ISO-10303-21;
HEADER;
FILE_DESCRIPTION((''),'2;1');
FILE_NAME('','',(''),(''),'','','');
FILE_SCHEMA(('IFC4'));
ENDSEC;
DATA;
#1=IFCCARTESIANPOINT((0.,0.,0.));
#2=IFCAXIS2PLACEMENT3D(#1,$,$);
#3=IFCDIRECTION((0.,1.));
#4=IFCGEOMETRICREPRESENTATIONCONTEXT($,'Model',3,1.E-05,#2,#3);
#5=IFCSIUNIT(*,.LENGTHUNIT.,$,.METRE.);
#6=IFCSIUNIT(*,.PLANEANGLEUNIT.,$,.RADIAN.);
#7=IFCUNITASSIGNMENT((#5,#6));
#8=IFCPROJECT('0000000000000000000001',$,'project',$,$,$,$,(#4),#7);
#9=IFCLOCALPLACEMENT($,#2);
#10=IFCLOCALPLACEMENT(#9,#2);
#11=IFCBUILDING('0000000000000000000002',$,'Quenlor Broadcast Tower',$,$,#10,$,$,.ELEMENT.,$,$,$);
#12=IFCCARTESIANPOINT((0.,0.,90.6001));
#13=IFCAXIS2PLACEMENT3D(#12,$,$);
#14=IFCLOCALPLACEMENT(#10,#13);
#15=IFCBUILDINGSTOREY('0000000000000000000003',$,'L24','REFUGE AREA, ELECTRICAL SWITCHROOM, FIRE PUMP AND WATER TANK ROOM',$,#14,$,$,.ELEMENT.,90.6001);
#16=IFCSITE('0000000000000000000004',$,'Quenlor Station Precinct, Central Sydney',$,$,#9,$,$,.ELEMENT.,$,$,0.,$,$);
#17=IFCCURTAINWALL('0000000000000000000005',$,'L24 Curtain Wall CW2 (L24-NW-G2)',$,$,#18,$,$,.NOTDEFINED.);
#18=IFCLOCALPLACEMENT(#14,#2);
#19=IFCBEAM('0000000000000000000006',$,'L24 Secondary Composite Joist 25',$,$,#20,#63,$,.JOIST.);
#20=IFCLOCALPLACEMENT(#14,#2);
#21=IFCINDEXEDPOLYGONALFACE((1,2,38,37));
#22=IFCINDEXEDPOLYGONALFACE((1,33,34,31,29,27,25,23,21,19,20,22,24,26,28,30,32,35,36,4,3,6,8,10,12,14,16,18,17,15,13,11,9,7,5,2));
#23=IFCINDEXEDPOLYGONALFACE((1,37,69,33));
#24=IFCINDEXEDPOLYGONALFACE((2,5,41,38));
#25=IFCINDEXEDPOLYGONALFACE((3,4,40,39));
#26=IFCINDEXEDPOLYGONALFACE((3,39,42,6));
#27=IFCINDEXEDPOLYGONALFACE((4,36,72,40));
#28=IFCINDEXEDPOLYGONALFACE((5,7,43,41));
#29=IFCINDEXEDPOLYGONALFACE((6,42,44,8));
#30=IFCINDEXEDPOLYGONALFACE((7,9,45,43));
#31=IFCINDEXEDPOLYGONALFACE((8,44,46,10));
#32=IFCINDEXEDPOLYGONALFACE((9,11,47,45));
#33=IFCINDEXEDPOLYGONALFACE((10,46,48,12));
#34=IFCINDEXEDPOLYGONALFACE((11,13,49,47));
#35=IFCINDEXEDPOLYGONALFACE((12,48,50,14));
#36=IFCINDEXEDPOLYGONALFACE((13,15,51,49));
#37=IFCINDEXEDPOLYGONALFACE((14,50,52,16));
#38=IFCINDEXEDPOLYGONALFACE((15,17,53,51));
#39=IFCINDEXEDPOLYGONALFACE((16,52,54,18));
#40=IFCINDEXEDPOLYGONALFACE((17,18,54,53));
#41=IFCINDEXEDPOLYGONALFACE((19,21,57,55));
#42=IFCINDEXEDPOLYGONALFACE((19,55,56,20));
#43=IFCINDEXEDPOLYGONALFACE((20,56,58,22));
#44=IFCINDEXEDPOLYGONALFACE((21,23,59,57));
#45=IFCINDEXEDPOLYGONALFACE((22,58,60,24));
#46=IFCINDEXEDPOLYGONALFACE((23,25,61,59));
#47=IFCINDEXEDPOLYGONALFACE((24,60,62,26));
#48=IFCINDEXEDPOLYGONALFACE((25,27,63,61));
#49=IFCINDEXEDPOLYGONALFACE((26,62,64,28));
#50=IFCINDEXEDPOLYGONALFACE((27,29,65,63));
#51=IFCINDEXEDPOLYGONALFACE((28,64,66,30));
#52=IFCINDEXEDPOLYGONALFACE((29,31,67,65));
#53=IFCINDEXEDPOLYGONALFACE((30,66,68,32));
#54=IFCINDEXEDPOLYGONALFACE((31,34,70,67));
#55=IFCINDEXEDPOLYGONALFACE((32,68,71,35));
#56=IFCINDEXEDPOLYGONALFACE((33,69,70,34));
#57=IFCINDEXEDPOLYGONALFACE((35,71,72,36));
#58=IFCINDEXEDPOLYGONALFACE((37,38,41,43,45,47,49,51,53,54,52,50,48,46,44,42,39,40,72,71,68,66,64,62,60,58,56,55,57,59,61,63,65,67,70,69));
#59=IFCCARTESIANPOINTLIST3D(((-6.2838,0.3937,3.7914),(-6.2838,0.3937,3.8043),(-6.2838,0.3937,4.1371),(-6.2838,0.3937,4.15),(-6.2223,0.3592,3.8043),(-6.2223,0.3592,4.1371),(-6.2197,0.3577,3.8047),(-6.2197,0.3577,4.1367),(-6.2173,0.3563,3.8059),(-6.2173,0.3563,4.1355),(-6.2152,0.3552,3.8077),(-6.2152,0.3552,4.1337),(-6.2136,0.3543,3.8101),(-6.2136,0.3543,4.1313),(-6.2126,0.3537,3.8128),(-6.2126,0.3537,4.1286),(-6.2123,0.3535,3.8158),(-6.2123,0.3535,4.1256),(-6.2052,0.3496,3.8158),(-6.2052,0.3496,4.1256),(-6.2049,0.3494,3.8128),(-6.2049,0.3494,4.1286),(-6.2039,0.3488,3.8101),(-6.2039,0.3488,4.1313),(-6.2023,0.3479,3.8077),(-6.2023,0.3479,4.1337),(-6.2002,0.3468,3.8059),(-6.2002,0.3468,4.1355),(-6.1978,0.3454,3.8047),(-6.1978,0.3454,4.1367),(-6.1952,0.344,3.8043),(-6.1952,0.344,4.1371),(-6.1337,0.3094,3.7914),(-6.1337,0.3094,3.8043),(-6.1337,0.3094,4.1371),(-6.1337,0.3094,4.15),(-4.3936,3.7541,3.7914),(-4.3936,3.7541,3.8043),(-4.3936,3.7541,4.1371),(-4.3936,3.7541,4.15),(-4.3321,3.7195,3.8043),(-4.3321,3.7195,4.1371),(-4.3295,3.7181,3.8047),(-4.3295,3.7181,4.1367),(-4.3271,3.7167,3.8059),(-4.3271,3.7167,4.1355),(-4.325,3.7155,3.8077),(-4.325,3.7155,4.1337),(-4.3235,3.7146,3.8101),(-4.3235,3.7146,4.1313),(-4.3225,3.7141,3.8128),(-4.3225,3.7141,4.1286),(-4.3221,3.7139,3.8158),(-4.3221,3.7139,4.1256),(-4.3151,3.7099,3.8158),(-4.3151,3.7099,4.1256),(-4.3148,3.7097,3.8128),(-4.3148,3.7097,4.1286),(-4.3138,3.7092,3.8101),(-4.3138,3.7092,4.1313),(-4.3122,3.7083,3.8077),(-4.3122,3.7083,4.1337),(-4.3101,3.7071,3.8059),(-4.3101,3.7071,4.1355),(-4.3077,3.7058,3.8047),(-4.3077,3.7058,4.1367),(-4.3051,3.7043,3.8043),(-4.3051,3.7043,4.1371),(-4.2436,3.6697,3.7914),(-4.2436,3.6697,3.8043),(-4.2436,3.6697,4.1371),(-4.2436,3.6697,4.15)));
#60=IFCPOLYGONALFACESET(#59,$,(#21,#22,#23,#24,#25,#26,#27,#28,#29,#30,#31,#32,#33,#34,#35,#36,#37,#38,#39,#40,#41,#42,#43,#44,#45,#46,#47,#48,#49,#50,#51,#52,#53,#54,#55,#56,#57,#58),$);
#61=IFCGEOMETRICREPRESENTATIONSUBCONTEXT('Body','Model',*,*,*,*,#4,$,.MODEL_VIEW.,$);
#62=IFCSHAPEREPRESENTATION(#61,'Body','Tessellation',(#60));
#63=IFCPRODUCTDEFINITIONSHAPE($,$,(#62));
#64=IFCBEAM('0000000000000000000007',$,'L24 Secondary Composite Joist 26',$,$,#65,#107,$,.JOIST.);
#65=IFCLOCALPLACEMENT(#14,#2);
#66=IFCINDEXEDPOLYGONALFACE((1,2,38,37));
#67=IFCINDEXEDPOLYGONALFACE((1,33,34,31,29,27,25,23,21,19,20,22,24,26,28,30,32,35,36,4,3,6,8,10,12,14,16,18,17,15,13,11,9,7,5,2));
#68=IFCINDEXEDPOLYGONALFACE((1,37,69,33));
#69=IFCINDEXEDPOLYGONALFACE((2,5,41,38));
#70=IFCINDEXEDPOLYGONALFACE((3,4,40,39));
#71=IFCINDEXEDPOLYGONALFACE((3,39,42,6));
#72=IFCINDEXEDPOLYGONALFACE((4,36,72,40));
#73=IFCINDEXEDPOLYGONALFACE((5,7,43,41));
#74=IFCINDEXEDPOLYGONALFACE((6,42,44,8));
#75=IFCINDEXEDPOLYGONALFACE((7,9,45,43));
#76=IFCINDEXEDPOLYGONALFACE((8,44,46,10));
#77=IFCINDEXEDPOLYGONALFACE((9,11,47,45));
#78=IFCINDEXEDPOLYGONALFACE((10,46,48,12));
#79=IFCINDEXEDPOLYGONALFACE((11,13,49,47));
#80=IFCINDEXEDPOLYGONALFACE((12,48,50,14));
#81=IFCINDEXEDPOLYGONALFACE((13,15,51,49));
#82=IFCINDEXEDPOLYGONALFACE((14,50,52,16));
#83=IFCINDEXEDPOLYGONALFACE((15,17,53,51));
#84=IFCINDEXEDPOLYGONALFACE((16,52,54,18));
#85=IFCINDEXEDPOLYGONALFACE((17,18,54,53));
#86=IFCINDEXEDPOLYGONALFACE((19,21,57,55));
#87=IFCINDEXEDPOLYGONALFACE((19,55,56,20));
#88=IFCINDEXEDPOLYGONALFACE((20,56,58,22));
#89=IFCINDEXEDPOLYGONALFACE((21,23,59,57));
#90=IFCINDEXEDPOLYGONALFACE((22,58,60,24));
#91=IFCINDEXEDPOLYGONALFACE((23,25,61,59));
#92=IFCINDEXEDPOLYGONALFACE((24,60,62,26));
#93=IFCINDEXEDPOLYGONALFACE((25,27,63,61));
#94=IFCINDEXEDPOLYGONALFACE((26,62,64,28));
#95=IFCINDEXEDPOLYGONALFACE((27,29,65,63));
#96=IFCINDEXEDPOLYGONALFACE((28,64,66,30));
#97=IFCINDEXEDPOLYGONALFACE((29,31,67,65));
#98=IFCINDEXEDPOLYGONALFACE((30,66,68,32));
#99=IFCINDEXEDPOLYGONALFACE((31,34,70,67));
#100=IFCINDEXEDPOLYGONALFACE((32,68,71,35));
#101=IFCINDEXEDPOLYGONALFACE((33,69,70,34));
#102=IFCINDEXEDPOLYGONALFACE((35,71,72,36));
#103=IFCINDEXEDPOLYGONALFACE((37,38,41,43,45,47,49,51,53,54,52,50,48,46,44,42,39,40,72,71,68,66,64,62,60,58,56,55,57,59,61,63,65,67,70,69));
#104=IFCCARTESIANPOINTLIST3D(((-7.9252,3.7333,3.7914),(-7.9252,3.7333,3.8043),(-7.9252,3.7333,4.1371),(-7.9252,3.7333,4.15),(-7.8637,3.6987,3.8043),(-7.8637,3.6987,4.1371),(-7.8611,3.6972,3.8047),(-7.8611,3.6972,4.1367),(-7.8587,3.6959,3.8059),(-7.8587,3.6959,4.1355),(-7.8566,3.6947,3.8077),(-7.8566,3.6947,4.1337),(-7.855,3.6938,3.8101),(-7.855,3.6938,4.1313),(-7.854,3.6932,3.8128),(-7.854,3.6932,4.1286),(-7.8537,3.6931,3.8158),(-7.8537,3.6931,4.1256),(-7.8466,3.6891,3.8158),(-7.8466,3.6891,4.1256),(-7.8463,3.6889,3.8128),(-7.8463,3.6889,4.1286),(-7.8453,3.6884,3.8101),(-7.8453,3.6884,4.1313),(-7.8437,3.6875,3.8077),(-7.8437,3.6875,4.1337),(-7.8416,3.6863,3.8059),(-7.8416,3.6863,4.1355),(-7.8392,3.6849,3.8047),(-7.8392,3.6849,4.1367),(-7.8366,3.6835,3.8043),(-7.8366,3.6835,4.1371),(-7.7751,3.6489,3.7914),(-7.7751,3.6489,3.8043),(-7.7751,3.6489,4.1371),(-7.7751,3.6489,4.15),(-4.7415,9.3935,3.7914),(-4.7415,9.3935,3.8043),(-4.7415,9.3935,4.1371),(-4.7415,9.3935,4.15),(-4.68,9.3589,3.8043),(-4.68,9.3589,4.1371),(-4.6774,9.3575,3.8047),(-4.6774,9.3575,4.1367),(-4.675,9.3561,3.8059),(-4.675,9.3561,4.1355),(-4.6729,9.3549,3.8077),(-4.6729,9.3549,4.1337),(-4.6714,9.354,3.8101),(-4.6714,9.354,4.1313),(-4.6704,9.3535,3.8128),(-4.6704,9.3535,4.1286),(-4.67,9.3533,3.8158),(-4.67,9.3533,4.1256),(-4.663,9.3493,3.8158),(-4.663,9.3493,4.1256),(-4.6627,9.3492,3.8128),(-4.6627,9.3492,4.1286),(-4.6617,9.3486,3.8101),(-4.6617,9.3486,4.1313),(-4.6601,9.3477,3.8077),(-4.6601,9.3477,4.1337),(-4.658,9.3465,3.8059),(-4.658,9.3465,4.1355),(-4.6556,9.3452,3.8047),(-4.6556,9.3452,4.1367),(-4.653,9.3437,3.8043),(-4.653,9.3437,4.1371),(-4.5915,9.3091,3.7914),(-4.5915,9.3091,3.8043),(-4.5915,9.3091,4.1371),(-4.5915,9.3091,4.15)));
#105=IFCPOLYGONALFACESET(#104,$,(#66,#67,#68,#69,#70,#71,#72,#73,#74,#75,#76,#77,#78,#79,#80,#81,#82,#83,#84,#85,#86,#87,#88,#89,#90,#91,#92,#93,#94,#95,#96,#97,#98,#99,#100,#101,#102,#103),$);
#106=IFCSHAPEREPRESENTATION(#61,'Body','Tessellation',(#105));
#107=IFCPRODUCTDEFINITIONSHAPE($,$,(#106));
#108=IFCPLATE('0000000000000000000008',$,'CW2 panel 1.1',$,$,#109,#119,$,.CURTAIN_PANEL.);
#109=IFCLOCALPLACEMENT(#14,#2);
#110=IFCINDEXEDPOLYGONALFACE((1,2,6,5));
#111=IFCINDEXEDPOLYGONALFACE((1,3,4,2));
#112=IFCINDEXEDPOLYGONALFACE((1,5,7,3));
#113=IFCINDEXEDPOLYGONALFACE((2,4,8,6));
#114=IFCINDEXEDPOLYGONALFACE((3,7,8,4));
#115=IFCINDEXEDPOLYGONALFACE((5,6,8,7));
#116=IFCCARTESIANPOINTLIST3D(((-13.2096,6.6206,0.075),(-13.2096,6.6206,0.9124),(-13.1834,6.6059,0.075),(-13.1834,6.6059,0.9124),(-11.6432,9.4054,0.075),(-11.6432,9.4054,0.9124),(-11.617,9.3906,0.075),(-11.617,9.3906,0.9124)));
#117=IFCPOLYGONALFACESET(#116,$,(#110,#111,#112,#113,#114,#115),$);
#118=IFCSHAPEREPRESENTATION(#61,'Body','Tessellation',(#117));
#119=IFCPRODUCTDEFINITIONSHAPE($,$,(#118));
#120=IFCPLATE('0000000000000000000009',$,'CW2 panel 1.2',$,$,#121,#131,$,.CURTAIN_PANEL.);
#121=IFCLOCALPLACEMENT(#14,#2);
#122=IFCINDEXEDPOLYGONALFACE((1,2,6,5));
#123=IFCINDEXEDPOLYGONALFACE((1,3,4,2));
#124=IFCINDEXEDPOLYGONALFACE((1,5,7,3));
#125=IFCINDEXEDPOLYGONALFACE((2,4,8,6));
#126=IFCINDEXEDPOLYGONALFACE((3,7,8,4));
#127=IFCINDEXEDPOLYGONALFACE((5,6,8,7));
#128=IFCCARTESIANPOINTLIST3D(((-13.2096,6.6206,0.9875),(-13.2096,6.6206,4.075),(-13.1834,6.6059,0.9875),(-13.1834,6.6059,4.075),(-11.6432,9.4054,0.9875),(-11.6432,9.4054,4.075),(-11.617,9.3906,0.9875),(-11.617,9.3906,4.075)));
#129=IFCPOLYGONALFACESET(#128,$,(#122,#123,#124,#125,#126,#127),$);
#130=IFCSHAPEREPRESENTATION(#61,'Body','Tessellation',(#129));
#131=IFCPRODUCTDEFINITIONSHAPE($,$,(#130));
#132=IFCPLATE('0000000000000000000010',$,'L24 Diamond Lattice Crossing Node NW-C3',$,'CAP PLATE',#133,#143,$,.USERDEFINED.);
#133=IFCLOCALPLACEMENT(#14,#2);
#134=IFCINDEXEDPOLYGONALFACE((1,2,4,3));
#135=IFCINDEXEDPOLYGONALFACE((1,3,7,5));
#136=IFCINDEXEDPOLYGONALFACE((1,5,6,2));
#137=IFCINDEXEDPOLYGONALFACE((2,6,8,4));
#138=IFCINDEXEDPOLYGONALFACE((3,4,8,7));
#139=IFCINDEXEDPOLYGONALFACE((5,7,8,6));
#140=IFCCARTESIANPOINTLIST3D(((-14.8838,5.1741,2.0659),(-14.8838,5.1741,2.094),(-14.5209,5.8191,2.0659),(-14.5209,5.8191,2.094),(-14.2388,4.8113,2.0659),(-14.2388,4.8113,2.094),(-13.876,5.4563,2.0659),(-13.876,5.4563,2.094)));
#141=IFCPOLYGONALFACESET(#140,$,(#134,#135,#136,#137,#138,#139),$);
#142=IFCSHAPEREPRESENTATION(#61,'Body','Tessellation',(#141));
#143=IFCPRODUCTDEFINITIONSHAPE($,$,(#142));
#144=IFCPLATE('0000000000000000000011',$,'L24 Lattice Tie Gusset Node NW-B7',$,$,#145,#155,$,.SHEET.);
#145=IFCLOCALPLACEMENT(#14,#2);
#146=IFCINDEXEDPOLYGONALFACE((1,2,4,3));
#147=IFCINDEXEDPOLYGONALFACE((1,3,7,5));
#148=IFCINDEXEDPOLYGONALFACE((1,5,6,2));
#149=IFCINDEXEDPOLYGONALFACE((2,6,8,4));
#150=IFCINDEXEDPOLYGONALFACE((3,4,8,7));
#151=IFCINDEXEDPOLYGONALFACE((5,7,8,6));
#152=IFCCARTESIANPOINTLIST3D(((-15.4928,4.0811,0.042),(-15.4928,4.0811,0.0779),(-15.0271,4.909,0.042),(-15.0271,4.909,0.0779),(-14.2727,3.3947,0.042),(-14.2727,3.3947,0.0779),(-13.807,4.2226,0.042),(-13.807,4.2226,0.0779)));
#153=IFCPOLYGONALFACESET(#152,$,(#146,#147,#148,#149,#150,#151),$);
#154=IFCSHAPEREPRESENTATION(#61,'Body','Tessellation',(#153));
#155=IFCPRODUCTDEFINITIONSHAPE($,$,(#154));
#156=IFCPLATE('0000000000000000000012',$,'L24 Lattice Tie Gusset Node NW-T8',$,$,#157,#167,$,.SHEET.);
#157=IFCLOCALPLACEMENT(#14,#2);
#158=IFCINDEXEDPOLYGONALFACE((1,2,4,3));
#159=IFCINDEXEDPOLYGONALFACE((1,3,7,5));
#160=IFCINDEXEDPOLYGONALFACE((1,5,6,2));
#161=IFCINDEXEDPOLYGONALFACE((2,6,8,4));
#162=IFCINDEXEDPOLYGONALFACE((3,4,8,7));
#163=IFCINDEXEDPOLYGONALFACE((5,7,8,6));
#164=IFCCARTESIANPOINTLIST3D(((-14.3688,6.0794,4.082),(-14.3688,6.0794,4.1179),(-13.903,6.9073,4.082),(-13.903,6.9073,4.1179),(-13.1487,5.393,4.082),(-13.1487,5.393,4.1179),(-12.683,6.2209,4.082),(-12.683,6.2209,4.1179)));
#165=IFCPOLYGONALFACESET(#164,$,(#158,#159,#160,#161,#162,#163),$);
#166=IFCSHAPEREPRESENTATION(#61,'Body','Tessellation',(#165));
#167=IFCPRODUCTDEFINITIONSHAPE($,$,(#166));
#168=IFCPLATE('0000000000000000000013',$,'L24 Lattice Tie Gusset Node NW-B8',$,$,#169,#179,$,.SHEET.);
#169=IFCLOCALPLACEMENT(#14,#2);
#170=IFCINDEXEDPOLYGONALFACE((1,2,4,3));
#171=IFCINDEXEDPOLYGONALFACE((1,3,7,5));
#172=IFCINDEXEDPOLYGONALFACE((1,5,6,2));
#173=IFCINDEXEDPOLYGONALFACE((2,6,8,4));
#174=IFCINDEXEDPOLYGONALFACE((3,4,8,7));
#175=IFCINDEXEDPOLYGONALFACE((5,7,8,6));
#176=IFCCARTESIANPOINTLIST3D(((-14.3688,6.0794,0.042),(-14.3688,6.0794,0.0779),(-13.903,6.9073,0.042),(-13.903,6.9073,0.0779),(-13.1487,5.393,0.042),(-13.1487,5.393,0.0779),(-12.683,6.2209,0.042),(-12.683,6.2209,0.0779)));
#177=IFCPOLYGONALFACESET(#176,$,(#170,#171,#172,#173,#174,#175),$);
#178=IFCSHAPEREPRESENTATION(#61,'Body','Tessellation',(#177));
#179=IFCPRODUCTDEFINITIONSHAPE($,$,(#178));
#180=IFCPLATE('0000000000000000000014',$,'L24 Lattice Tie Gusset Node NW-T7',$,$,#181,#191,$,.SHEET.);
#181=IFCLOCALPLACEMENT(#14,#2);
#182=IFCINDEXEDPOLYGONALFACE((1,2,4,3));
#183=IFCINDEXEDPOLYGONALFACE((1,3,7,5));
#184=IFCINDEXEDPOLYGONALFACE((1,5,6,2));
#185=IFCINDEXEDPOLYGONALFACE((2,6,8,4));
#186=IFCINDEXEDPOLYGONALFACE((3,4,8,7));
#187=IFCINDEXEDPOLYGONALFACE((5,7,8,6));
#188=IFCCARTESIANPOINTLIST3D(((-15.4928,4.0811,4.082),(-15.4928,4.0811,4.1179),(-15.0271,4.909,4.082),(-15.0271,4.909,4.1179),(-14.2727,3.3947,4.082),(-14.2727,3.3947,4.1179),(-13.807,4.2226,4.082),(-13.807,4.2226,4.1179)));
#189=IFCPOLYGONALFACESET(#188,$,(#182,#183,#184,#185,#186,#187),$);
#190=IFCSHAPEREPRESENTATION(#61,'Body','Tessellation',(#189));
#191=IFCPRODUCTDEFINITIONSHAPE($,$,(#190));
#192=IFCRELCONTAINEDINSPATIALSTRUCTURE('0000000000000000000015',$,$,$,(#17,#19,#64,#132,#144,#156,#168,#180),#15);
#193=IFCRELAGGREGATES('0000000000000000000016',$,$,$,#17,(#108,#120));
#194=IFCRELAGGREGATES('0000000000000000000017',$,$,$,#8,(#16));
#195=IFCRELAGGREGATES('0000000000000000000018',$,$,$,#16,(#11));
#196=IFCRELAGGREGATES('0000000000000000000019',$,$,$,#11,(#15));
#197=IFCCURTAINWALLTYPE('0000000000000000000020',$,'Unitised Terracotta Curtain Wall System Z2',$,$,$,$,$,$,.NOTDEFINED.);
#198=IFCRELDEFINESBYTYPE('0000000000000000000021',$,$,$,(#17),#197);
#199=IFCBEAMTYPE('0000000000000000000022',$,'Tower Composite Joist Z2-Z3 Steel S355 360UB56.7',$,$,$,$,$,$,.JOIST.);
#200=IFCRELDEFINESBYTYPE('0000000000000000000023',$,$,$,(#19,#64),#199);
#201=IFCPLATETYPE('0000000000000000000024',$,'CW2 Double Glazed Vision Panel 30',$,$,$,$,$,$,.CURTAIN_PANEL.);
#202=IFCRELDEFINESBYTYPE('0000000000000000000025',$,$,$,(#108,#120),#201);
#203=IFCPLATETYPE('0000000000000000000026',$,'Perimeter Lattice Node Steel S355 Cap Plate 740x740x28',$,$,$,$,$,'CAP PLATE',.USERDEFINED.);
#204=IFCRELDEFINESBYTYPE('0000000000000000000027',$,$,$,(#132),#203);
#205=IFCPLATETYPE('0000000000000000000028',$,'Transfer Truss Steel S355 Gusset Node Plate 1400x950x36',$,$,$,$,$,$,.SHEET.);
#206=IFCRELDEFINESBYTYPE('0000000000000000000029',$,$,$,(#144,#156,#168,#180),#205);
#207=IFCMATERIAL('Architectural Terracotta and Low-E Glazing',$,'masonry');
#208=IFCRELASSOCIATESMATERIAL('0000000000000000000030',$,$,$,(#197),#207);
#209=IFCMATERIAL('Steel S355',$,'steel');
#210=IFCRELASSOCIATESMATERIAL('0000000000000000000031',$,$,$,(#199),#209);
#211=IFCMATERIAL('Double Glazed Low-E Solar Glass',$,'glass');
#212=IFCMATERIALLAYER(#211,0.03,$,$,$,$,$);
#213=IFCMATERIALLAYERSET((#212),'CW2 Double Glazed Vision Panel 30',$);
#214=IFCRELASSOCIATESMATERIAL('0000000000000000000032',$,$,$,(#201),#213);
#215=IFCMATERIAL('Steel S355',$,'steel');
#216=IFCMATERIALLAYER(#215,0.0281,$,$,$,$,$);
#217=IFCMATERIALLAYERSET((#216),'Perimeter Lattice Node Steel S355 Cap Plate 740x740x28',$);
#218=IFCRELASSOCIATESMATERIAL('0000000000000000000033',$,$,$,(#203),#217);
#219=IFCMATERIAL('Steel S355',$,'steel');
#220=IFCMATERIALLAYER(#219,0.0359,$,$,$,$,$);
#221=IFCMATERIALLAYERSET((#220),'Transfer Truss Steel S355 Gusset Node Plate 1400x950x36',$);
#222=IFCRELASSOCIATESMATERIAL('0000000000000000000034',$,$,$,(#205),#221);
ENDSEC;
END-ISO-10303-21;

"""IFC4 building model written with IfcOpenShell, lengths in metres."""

from ifc_helpers import new_model, si_unit, direction, frame, origin, origin_2d, place, context, subcontext, project, spatial, rectangle, i_section, extrude, material, layer, layer_set, material_profile, profile_set, type_object, element, aggregate, save


model = new_model("IFC4")

# Units and contexts
model_context = context("Model", 3, precision=1e-05, world=origin(), true_north=direction((0.0, 1.0)))
body_context = subcontext(model_context, "Body", "Model", "MODEL_VIEW")
ifc_project = project(units=[si_unit("LENGTHUNIT", "METRE"), si_unit("PLANEANGLEUNIT", "RADIAN")], contexts=[model_context])

# Site, building, storey
site_placement = place(None, origin())
site = spatial("IfcSite", under=ifc_project, at=site_placement, Name="Quenlor Station Precinct, Central Sydney", CompositionType="ELEMENT", RefElevation=0.0)
building_placement = place(site_placement, origin())
building = spatial("IfcBuilding", under=site, at=building_placement, Name="Quenlor Broadcast Tower", CompositionType="ELEMENT")
storey_placement = place(building_placement, frame((0.0, 0.0, 90.6001)))
storey = spatial("IfcBuildingStorey", under=building, at=storey_placement, Name="L24", Description="REFUGE AREA, ELECTRICAL SWITCHROOM, FIRE PUMP AND WATER TANK ROOM", CompositionType="ELEMENT", Elevation=90.6001)

# Curtain wall
ifc_material_1 = material(Name="Architectural Terracotta and Low-E Glazing", Category="masonry")
curtain_wall_type = type_object("IfcCurtainWallType", Name="Unitised Terracotta Curtain Wall System Z2", PredefinedType="NOTDEFINED", material=ifc_material_1)
curtain_wall_placement = place(storey_placement, origin())
curtain_wall = element("IfcCurtainWall", 1, at=curtain_wall_placement, inside=storey, type_object=curtain_wall_type, Name="L24 Curtain Wall CW2 (L24-NW-G2)", PredefinedType="NOTDEFINED")

# Beams
ifc_material_2 = material(Name="Steel S355", Category="steel")
ifc_material_profile_1 = material_profile(ifc_material_2, i_section(OverallWidth=0.1721, OverallDepth=0.3586, WebThickness=0.0081, FlangeThickness=0.0129, FilletRadius=0.0115, at=origin_2d()))
ifc_profile_set_1 = profile_set([ifc_material_profile_1], Name="Steel S355 360UB56.7")
beam_type_1 = type_object("IfcBeamType", Name="Tower Composite Joist Z2-Z3 Steel S355 360UB56.7", PredefinedType="JOIST", material=ifc_profile_set_1)
beam_1_placement = place(storey_placement, frame((-4.3186, 3.7119, 3.9707), z_axis=(-0.490249, -0.871582, 0.0), x_axis=(0.871582, -0.490249, 0.0)))
element("IfcBeam", 2, at=beam_1_placement, inside=storey, type_object=beam_type_1, Name="L24 Secondary Composite Joist 25", PredefinedType="JOIST", context=body_context, shape_type="SweptSolid", body=[
    extrude(i_section(OverallWidth=0.1721, OverallDepth=0.3586, WebThickness=0.0081, FlangeThickness=0.0129, FilletRadius=0.0115, at=origin_2d()), origin(), (0.0, 0.0, 1.0), 3.8555),
])
beam_2_placement = place(storey_placement, frame((-4.6665, 9.3513, 3.9707), z_axis=(-0.490233, -0.871592, 0.0), x_axis=(0.871592, -0.490233, 0.0)))
element("IfcBeam", 3, at=beam_2_placement, inside=storey, type_object=beam_type_1, Name="L24 Secondary Composite Joist 26", PredefinedType="JOIST", context=body_context, shape_type="SweptSolid", body=[
    extrude(i_section(OverallWidth=0.1721, OverallDepth=0.3586, WebThickness=0.0081, FlangeThickness=0.0129, FilletRadius=0.0115, at=origin_2d()), origin(), (0.0, 0.0, 1.0), 6.4941),
])

# Plates
ifc_material_3 = material(Name="Double Glazed Low-E Solar Glass", Category="glass")
ifc_layer_1 = layer(ifc_material_3, 0.03)
ifc_layer_set_1 = layer_set([ifc_layer_1], Name="CW2 Double Glazed Vision Panel 30")
plate_type_1 = type_object("IfcPlateType", Name="CW2 Double Glazed Vision Panel 30", PredefinedType="CURTAIN_PANEL", material=ifc_layer_set_1)
plate_1_placement = place(storey_placement, frame((-12.4133, 8.0056, 0.075), z_axis=(0.0, 0.0, 1.0), x_axis=(0.490258, 0.871577, 0.0)))
plate_1 = element("IfcPlate", 4, at=plate_1_placement, type_object=plate_type_1, Name="CW2 panel 1.1", PredefinedType="CURTAIN_PANEL", context=body_context, shape_type="SweptSolid", body=[
    extrude(rectangle(XDim=3.1951, YDim=0.03, at=origin_2d()), origin(), (0.0, 0.0, 1.0), 0.8374),
])
plate_2_placement = place(storey_placement, frame((-12.4133, 8.0056, 0.9875), z_axis=(0.0, 0.0, 1.0), x_axis=(0.490258, 0.871577, 0.0)))
plate_2 = element("IfcPlate", 5, at=plate_2_placement, type_object=plate_type_1, Name="CW2 panel 1.2", PredefinedType="CURTAIN_PANEL", context=body_context, shape_type="SweptSolid", body=[
    extrude(rectangle(XDim=3.1951, YDim=0.03, at=origin_2d()), origin(), (0.0, 0.0, 1.0), 3.0874),
])
aggregate(curtain_wall, [plate_1, plate_2])

# Plates
ifc_material_4 = material(Name="Steel S355", Category="steel")
ifc_layer_2 = layer(ifc_material_4, 0.0281)
ifc_layer_set_2 = layer_set([ifc_layer_2], Name="Perimeter Lattice Node Steel S355 Cap Plate 740x740x28")
plate_type_2 = type_object("IfcPlateType", Name="Perimeter Lattice Node Steel S355 Cap Plate 740x740x28", ElementType="CAP PLATE", PredefinedType="USERDEFINED", material=ifc_layer_set_2)
plate_3_placement = place(storey_placement, frame((-14.3799, 5.3152, 2.0659), z_axis=(0.0, 0.0, 1.0), x_axis=(0.490295, 0.871556, 0.0)))
element("IfcPlate", 6, at=plate_3_placement, inside=storey, type_object=plate_type_2, Name="L24 Diamond Lattice Crossing Node NW-C3", ObjectType="CAP PLATE", PredefinedType="USERDEFINED", context=body_context, shape_type="SweptSolid", body=[
    extrude(rectangle(XDim=0.74, YDim=0.74, at=origin_2d()), origin(), (0.0, 0.0, 1.0), 0.0281),
])
ifc_material_5 = material(Name="Steel S355", Category="steel")
ifc_layer_3 = layer(ifc_material_5, 0.0359)
ifc_layer_set_3 = layer_set([ifc_layer_3], Name="Transfer Truss Steel S355 Gusset Node Plate 1400x950x36")
plate_type_3 = type_object("IfcPlateType", Name="Transfer Truss Steel S355 Gusset Node Plate 1400x950x36", PredefinedType="SHEET", material=ifc_layer_set_3)
for number, where, z_axis, x_axis, name in (
    (7, (-14.6499, 4.1519, 0.042), (0.0, 0.0, 1.0), (-0.871556, 0.490295, 0.0), "L24 Lattice Tie Gusset Node NW-B7"),
    (8, (-13.5259, 6.1501, 4.082), (0.0, 0.0, 1.0), (-0.871556, 0.490295, 0.0), "L24 Lattice Tie Gusset Node NW-T8"),
    (9, (-13.5259, 6.1501, 0.042), (0.0, 0.0, 1.0), (-0.871556, 0.490295, 0.0), "L24 Lattice Tie Gusset Node NW-B8"),
    (10, (-14.6499, 4.1519, 4.082), (0.0, 0.0, 1.0), (-0.871556, 0.490295, 0.0), "L24 Lattice Tie Gusset Node NW-T7"),
):
    element("IfcPlate", number, at=place(storey_placement, frame(where, z_axis=z_axis, x_axis=x_axis)), inside=storey, type_object=plate_type_3, Name=name, PredefinedType="SHEET", context=body_context, shape_type="SweptSolid", body=[
        extrude(rectangle(XDim=1.3999, YDim=0.95, at=origin_2d()), origin(), (0.0, 0.0, 1.0), 0.0359),
    ])

save(model, "model.ifc")
